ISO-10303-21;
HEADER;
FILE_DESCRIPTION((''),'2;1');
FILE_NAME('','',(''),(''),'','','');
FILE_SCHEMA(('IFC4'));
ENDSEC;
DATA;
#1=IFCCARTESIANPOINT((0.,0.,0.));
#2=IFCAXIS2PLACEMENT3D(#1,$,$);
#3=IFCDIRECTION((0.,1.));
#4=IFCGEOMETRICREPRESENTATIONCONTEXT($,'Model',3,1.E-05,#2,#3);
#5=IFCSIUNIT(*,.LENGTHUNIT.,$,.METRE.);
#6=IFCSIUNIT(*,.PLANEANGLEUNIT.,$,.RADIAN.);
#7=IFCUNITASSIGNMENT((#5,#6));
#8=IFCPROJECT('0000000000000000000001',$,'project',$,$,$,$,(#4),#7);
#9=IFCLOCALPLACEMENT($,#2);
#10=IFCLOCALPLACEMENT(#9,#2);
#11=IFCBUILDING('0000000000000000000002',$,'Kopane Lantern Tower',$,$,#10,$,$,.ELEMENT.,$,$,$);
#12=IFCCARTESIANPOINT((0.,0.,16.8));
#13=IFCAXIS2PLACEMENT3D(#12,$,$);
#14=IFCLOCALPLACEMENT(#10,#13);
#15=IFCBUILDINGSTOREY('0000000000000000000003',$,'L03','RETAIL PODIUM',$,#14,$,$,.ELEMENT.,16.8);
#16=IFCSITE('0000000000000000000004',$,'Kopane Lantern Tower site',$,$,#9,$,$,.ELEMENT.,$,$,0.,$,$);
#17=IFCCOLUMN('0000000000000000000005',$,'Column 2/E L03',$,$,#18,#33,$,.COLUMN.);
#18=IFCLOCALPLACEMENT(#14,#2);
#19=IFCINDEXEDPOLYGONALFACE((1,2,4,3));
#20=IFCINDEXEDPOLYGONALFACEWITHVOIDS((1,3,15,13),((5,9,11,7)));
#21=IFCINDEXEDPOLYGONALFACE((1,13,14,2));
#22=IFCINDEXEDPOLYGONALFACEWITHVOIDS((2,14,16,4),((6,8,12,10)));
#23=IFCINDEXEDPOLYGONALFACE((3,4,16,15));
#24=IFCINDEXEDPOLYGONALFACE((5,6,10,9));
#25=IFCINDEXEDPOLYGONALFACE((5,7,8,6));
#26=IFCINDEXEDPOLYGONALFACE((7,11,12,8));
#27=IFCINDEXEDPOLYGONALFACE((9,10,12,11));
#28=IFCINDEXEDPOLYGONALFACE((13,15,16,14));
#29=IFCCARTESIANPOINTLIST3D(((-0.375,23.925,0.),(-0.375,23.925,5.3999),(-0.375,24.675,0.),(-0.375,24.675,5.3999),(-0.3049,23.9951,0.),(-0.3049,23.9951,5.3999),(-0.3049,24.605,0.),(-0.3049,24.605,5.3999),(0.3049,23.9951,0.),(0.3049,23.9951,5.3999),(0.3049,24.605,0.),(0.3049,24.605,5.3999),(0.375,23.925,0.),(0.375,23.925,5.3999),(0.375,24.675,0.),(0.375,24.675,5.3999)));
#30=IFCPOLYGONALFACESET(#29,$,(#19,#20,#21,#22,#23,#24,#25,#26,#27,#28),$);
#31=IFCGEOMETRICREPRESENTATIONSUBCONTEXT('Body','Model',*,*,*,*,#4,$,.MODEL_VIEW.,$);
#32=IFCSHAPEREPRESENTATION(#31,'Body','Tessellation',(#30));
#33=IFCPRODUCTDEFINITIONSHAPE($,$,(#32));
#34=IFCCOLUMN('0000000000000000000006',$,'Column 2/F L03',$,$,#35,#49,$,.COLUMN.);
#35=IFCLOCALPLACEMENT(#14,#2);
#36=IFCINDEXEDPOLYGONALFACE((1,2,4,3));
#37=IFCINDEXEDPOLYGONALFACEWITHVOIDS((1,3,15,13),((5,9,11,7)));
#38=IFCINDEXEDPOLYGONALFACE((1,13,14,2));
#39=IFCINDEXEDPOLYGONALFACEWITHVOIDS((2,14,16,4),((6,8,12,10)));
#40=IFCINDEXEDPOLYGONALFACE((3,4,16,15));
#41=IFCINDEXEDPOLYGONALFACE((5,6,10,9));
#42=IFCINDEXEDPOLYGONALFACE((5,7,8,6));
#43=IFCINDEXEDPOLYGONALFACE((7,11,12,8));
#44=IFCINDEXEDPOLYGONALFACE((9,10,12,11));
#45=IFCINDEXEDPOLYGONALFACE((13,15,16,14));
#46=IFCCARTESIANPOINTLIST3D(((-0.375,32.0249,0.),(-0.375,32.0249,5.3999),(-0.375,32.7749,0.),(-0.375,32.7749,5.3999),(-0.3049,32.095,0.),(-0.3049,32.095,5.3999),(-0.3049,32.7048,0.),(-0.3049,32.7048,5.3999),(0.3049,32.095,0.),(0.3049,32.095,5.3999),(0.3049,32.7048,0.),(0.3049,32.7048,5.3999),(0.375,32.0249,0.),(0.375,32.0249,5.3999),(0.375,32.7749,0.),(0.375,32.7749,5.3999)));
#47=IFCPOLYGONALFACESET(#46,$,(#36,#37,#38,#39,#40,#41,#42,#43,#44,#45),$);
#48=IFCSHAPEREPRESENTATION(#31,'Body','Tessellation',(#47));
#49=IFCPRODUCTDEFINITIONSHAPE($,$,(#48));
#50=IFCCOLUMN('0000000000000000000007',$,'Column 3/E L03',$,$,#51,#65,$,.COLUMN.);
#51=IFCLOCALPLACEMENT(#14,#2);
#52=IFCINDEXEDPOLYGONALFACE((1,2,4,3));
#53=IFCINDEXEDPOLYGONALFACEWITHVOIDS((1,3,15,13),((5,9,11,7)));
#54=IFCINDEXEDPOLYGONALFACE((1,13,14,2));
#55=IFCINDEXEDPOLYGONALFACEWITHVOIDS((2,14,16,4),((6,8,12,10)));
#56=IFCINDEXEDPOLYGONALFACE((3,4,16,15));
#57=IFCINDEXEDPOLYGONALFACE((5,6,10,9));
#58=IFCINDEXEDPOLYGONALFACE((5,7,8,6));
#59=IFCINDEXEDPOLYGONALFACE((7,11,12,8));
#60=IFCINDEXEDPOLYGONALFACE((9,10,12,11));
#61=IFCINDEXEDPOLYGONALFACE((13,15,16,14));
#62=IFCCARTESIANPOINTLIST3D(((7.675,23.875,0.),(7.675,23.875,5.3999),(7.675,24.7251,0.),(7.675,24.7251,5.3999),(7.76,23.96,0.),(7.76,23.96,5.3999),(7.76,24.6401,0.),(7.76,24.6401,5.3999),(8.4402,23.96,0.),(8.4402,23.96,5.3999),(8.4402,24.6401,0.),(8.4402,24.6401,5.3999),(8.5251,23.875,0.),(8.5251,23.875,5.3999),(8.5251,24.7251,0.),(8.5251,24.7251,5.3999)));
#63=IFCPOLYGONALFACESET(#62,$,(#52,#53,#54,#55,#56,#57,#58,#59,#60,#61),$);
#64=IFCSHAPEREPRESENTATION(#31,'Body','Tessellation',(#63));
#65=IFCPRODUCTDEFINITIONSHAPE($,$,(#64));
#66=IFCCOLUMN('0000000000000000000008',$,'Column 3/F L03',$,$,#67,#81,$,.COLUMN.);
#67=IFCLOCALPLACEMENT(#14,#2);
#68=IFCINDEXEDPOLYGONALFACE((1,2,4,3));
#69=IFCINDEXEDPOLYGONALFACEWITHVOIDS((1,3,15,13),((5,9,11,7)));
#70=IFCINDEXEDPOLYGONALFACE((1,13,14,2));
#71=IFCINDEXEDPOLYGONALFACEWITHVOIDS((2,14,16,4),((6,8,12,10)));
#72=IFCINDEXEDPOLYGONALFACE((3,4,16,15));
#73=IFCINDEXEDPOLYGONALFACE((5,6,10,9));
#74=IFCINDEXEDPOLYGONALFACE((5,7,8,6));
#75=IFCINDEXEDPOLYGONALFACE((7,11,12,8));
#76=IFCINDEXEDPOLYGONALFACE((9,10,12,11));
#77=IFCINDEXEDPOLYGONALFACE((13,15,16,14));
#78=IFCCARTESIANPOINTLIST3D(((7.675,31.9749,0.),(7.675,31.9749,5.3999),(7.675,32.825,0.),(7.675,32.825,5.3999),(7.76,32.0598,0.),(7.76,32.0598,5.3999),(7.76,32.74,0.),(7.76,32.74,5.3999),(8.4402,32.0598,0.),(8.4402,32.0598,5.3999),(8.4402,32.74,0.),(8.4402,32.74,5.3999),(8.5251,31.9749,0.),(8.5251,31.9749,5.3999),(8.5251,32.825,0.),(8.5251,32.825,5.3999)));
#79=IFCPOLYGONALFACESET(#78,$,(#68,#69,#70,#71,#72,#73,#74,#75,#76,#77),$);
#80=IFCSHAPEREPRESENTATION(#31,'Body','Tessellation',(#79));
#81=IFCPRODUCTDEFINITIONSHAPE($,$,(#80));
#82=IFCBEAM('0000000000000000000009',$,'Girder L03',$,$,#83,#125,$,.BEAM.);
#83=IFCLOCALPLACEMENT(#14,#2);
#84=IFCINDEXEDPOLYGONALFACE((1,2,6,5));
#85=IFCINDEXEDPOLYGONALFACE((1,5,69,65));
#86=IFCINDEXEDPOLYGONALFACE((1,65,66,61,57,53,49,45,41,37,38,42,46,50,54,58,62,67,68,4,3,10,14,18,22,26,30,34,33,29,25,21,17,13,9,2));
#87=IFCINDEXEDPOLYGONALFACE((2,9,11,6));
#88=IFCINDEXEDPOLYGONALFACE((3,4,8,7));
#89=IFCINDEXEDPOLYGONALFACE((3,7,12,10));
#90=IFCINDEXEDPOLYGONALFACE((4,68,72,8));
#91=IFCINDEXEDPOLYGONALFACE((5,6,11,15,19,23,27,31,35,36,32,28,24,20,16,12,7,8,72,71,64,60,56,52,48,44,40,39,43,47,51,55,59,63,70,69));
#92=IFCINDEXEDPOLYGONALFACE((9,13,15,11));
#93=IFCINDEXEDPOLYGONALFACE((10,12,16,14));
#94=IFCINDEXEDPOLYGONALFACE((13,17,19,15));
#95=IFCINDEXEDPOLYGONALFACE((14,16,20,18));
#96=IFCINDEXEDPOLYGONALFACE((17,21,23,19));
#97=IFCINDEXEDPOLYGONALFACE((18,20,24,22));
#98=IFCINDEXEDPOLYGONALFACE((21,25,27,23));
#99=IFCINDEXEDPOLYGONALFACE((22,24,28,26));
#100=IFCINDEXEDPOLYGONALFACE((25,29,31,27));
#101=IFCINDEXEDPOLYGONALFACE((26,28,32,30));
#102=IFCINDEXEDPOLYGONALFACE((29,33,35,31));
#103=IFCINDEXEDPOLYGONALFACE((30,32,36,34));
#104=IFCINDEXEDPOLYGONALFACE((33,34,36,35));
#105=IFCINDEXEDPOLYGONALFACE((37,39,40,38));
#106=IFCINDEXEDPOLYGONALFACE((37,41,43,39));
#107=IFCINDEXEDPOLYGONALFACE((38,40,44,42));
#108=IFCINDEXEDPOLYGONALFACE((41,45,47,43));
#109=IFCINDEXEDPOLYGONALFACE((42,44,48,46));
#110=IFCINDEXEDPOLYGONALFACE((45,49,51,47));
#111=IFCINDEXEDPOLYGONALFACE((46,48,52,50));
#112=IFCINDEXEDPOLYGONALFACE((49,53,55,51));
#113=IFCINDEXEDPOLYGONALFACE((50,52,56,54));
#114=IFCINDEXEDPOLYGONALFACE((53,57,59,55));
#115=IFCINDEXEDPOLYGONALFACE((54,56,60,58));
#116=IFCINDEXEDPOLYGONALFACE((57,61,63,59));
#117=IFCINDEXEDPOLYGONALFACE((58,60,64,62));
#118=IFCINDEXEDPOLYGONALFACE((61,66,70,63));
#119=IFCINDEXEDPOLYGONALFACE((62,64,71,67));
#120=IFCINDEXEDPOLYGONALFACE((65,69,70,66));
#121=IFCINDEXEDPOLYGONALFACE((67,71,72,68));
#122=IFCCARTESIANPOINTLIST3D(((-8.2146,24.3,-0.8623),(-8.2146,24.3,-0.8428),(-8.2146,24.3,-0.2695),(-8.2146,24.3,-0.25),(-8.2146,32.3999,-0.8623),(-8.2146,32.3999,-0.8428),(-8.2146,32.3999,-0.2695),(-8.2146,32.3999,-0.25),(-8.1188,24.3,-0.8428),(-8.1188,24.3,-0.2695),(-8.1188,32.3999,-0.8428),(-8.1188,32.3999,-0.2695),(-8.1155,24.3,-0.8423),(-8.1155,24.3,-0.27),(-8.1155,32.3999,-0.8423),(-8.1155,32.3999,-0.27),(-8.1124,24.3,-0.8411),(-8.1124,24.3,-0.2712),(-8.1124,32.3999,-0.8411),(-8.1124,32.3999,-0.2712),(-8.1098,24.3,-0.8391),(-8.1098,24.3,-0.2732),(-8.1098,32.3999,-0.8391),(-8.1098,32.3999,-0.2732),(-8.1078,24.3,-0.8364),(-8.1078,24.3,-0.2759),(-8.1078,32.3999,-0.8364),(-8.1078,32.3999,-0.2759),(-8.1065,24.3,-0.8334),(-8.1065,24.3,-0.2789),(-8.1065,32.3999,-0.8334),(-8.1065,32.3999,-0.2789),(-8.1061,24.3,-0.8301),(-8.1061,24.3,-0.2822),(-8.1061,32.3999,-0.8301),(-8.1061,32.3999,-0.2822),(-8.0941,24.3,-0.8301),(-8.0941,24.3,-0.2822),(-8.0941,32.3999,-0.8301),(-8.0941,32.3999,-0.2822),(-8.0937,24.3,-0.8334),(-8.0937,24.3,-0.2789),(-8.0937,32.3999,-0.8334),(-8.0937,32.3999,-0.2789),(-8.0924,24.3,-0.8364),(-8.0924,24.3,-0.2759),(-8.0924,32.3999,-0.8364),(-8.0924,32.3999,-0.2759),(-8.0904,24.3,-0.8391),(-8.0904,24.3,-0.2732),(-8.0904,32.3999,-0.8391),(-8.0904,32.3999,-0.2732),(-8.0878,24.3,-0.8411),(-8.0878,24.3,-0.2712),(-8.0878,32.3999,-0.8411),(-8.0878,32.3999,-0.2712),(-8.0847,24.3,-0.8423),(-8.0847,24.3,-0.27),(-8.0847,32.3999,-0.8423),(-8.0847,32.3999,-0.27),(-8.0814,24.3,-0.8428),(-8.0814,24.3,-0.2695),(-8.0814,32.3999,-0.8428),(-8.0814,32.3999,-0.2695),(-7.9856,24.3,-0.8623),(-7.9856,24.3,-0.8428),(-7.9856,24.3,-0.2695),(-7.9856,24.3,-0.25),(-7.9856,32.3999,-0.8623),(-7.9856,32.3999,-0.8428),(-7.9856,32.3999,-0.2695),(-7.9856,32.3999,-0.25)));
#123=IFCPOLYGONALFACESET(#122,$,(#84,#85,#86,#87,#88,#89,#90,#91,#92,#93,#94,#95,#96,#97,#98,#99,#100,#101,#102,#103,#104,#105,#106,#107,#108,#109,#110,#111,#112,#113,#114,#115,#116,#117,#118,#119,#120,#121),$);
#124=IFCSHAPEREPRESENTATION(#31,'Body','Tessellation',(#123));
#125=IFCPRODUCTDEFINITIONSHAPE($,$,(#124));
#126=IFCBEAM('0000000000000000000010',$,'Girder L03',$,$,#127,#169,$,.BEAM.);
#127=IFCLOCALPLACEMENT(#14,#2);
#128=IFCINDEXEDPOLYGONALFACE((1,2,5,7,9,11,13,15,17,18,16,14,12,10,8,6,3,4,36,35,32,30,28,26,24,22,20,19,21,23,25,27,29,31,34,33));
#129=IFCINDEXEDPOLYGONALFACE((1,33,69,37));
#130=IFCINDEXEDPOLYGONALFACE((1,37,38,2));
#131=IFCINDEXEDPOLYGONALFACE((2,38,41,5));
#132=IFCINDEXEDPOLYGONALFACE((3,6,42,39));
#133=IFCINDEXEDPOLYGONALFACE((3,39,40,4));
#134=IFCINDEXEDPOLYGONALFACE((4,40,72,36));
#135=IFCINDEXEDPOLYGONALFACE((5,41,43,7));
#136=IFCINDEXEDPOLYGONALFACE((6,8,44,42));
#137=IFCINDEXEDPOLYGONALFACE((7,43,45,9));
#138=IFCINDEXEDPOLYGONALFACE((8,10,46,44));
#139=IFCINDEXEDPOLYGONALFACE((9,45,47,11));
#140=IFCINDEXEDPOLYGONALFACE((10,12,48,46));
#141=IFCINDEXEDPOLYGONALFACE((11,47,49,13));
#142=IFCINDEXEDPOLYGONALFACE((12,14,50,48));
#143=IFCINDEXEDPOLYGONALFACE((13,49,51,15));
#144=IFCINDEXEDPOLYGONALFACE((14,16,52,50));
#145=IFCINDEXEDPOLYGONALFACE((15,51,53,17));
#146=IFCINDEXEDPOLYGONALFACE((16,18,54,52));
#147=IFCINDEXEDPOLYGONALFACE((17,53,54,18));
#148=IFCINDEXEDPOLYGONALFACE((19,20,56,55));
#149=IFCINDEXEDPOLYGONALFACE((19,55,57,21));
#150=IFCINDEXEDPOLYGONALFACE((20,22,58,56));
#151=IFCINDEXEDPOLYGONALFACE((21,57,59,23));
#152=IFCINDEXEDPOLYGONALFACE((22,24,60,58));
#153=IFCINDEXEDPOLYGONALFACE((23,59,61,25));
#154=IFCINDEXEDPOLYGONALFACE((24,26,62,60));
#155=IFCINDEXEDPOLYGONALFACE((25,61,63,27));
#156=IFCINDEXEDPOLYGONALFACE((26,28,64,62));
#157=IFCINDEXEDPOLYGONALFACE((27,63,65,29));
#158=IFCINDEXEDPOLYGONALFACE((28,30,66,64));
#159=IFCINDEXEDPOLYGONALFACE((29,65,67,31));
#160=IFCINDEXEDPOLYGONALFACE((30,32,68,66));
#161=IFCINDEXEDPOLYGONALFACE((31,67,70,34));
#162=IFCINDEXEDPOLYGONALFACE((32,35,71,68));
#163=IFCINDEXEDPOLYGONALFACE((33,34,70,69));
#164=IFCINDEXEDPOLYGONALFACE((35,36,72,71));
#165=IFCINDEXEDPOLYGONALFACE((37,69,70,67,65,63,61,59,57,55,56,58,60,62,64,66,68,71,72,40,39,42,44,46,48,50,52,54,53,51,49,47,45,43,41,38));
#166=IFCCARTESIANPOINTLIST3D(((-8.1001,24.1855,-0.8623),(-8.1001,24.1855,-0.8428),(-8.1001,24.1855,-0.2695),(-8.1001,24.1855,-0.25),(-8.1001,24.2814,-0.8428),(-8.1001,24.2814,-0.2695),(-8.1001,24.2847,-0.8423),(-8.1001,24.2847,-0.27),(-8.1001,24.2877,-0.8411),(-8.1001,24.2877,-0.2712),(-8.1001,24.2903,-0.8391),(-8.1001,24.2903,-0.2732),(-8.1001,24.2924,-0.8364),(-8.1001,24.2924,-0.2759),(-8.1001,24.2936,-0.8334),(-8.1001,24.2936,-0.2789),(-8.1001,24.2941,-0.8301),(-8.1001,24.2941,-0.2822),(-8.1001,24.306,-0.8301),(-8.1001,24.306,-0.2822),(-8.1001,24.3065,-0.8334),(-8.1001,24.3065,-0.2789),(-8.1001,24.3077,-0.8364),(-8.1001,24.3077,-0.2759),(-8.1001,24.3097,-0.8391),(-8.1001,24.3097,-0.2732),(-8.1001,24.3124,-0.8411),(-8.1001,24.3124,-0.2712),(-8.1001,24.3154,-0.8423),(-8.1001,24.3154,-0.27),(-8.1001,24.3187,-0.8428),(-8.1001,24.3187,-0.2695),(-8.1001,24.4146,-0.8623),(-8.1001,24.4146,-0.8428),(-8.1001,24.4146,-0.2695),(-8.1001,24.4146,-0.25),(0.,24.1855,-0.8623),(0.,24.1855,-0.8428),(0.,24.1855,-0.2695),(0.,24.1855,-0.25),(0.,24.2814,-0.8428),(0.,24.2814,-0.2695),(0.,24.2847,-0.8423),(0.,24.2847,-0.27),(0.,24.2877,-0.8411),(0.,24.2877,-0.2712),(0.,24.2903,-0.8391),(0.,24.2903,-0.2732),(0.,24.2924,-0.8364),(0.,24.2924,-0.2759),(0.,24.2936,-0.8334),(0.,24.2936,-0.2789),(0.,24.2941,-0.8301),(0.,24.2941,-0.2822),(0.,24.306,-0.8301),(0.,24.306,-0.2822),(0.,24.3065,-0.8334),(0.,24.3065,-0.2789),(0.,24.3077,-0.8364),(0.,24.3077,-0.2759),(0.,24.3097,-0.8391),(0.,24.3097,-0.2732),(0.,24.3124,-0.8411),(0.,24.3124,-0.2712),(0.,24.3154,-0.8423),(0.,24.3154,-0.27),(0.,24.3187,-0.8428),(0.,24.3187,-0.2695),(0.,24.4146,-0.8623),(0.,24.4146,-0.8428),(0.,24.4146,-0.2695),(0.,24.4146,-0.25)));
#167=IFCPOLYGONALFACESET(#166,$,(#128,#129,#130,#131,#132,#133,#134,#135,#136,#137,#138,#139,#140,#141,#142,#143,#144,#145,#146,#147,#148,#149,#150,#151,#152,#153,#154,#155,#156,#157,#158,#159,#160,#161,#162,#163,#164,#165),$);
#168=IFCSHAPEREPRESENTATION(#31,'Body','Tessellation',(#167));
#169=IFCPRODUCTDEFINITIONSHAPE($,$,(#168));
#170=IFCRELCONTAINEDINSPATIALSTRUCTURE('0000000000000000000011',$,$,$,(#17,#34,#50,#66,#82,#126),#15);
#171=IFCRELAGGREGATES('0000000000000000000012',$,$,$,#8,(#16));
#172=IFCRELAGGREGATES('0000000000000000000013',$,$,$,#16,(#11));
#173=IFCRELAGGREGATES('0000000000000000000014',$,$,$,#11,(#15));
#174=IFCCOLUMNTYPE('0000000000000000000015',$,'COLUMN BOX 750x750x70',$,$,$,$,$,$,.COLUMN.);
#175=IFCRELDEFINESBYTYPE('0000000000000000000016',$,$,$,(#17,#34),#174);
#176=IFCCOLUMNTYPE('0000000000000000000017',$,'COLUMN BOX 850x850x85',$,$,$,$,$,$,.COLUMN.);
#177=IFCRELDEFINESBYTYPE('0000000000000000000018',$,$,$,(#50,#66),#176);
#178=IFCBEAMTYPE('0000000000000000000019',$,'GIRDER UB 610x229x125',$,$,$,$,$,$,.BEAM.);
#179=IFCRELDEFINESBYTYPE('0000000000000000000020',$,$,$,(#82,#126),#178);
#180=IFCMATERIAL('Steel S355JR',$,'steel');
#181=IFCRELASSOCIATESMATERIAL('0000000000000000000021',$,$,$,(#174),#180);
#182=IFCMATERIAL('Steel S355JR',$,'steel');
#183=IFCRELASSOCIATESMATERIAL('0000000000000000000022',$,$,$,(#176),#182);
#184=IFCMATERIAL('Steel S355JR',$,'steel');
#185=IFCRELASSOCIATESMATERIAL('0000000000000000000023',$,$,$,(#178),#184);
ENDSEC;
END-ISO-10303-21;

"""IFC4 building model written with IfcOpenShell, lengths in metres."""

from ifc_helpers import new_model, si_unit, direction, frame, origin, origin_2d, place, context, subcontext, project, spatial, hollow_rectangle, i_section, extrude, material, material_profile, profile_set, type_object, element, save


model = new_model("IFC4")

# Units and contexts
model_context = context("Model", 3, precision=1e-05, world=origin(), true_north=direction((0.0, 1.0)))
body_context = subcontext(model_context, "Body", "Model", "MODEL_VIEW")
ifc_project = project(units=[si_unit("LENGTHUNIT", "METRE"), si_unit("PLANEANGLEUNIT", "RADIAN")], contexts=[model_context])

# Site, building, storey
site_placement = place(None, origin())
site = spatial("IfcSite", under=ifc_project, at=site_placement, Name="Kopane Lantern Tower site", CompositionType="ELEMENT", RefElevation=0.0)
building_placement = place(site_placement, origin())
building = spatial("IfcBuilding", under=site, at=building_placement, Name="Kopane Lantern Tower", CompositionType="ELEMENT")
storey_placement = place(building_placement, frame((0.0, 0.0, 16.8)))
storey = spatial("IfcBuildingStorey", under=building, at=storey_placement, Name="L03", Description="RETAIL PODIUM", CompositionType="ELEMENT", Elevation=16.8)

# Columns
ifc_material_1 = material(Name="Steel S355JR", Category="steel")
ifc_material_profile_1 = material_profile(ifc_material_1, hollow_rectangle(XDim=0.75, YDim=0.75, WallThickness=0.0701, at=origin_2d()), Name="BOX 750x750x70")
ifc_profile_set_1 = profile_set([ifc_material_profile_1], Name="Steel S355JR")
column_type_1 = type_object("IfcColumnType", Name="COLUMN BOX 750x750x70", PredefinedType="COLUMN", material=ifc_profile_set_1)
for number, where, z_axis, x_axis, name in (
    (1, (0.0, 24.3, 0.0), (0.0, 0.0, 1.0), (1.0, 0.0, 0.0), "Column 2/E L03"),
    (2, (0.0, 32.3999, 0.0), (0.0, 0.0, 1.0), (1.0, 0.0, 0.0), "Column 2/F L03"),
):
    element("IfcColumn", number, at=place(storey_placement, frame(where, z_axis=z_axis, x_axis=x_axis)), inside=storey, type_object=column_type_1, Name=name, PredefinedType="COLUMN", context=body_context, shape_type="SweptSolid", body=[
        extrude(hollow_rectangle(XDim=0.75, YDim=0.75, WallThickness=0.0701, at=origin_2d()), origin(), (0.0, 0.0, 1.0), 5.3999),
    ])
ifc_material_2 = material(Name="Steel S355JR", Category="steel")
ifc_material_profile_2 = material_profile(ifc_material_2, hollow_rectangle(XDim=0.8501, YDim=0.8501, WallThickness=0.085, at=origin_2d()), Name="BOX 850x850x85")
ifc_profile_set_2 = profile_set([ifc_material_profile_2], Name="Steel S355JR")
column_type_2 = type_object("IfcColumnType", Name="COLUMN BOX 850x850x85", PredefinedType="COLUMN", material=ifc_profile_set_2)
for number, where, z_axis, x_axis, name in (
    (3, (8.1001, 24.3, 0.0), (0.0, 0.0, 1.0), (1.0, 0.0, 0.0), "Column 3/E L03"),
    (4, (8.1001, 32.3999, 0.0), (0.0, 0.0, 1.0), (1.0, 0.0, 0.0), "Column 3/F L03"),
):
    element("IfcColumn", number, at=place(storey_placement, frame(where, z_axis=z_axis, x_axis=x_axis)), inside=storey, type_object=column_type_2, Name=name, PredefinedType="COLUMN", context=body_context, shape_type="SweptSolid", body=[
        extrude(hollow_rectangle(XDim=0.8501, YDim=0.8501, WallThickness=0.085, at=origin_2d()), origin(), (0.0, 0.0, 1.0), 5.3999),
    ])

# Beams
ifc_material_3 = material(Name="Steel S355JR", Category="steel")
ifc_material_profile_3 = material_profile(ifc_material_3, i_section(OverallWidth=0.229, OverallDepth=0.6123, WebThickness=0.012, FlangeThickness=0.0195, FilletRadius=0.0127, at=origin_2d()), Name="UB 610x229x125")
ifc_profile_set_3 = profile_set([ifc_material_profile_3], Name="Steel S355JR")
beam_type = type_object("IfcBeamType", Name="GIRDER UB 610x229x125", PredefinedType="BEAM", material=ifc_profile_set_3)
beam_1_placement = place(storey_placement, frame((-8.1001, 24.3, -0.5562), z_axis=(0.0, 1.0, 0.0), x_axis=(-1.0, 0.0, 0.0)))
element("IfcBeam", 5, at=beam_1_placement, inside=storey, type_object=beam_type, Name="Girder L03", PredefinedType="BEAM", context=body_context, shape_type="SweptSolid", body=[
    extrude(i_section(OverallWidth=0.229, OverallDepth=0.6123, WebThickness=0.012, FlangeThickness=0.0195, FilletRadius=0.0127, at=origin_2d()), origin(), (0.0, 0.0, 1.0), 8.0999),
])
for number, where, z_axis, x_axis, name in (
    (6, (-8.1001, 24.3, -0.5562), (1.0, 0.0, 0.0), (0.0, 1.0, 0.0), "Girder L03"),
):
    element("IfcBeam", number, at=place(storey_placement, frame(where, z_axis=z_axis, x_axis=x_axis)), inside=storey, type_object=beam_type, Name=name, PredefinedType="BEAM", context=body_context, shape_type="SweptSolid", body=[
        extrude(i_section(OverallWidth=0.229, OverallDepth=0.6123, WebThickness=0.012, FlangeThickness=0.0195, FilletRadius=0.0127, at=origin_2d()), origin(), (0.0, 0.0, 1.0), 8.1001),
    ])

save(model, "model.ifc")
